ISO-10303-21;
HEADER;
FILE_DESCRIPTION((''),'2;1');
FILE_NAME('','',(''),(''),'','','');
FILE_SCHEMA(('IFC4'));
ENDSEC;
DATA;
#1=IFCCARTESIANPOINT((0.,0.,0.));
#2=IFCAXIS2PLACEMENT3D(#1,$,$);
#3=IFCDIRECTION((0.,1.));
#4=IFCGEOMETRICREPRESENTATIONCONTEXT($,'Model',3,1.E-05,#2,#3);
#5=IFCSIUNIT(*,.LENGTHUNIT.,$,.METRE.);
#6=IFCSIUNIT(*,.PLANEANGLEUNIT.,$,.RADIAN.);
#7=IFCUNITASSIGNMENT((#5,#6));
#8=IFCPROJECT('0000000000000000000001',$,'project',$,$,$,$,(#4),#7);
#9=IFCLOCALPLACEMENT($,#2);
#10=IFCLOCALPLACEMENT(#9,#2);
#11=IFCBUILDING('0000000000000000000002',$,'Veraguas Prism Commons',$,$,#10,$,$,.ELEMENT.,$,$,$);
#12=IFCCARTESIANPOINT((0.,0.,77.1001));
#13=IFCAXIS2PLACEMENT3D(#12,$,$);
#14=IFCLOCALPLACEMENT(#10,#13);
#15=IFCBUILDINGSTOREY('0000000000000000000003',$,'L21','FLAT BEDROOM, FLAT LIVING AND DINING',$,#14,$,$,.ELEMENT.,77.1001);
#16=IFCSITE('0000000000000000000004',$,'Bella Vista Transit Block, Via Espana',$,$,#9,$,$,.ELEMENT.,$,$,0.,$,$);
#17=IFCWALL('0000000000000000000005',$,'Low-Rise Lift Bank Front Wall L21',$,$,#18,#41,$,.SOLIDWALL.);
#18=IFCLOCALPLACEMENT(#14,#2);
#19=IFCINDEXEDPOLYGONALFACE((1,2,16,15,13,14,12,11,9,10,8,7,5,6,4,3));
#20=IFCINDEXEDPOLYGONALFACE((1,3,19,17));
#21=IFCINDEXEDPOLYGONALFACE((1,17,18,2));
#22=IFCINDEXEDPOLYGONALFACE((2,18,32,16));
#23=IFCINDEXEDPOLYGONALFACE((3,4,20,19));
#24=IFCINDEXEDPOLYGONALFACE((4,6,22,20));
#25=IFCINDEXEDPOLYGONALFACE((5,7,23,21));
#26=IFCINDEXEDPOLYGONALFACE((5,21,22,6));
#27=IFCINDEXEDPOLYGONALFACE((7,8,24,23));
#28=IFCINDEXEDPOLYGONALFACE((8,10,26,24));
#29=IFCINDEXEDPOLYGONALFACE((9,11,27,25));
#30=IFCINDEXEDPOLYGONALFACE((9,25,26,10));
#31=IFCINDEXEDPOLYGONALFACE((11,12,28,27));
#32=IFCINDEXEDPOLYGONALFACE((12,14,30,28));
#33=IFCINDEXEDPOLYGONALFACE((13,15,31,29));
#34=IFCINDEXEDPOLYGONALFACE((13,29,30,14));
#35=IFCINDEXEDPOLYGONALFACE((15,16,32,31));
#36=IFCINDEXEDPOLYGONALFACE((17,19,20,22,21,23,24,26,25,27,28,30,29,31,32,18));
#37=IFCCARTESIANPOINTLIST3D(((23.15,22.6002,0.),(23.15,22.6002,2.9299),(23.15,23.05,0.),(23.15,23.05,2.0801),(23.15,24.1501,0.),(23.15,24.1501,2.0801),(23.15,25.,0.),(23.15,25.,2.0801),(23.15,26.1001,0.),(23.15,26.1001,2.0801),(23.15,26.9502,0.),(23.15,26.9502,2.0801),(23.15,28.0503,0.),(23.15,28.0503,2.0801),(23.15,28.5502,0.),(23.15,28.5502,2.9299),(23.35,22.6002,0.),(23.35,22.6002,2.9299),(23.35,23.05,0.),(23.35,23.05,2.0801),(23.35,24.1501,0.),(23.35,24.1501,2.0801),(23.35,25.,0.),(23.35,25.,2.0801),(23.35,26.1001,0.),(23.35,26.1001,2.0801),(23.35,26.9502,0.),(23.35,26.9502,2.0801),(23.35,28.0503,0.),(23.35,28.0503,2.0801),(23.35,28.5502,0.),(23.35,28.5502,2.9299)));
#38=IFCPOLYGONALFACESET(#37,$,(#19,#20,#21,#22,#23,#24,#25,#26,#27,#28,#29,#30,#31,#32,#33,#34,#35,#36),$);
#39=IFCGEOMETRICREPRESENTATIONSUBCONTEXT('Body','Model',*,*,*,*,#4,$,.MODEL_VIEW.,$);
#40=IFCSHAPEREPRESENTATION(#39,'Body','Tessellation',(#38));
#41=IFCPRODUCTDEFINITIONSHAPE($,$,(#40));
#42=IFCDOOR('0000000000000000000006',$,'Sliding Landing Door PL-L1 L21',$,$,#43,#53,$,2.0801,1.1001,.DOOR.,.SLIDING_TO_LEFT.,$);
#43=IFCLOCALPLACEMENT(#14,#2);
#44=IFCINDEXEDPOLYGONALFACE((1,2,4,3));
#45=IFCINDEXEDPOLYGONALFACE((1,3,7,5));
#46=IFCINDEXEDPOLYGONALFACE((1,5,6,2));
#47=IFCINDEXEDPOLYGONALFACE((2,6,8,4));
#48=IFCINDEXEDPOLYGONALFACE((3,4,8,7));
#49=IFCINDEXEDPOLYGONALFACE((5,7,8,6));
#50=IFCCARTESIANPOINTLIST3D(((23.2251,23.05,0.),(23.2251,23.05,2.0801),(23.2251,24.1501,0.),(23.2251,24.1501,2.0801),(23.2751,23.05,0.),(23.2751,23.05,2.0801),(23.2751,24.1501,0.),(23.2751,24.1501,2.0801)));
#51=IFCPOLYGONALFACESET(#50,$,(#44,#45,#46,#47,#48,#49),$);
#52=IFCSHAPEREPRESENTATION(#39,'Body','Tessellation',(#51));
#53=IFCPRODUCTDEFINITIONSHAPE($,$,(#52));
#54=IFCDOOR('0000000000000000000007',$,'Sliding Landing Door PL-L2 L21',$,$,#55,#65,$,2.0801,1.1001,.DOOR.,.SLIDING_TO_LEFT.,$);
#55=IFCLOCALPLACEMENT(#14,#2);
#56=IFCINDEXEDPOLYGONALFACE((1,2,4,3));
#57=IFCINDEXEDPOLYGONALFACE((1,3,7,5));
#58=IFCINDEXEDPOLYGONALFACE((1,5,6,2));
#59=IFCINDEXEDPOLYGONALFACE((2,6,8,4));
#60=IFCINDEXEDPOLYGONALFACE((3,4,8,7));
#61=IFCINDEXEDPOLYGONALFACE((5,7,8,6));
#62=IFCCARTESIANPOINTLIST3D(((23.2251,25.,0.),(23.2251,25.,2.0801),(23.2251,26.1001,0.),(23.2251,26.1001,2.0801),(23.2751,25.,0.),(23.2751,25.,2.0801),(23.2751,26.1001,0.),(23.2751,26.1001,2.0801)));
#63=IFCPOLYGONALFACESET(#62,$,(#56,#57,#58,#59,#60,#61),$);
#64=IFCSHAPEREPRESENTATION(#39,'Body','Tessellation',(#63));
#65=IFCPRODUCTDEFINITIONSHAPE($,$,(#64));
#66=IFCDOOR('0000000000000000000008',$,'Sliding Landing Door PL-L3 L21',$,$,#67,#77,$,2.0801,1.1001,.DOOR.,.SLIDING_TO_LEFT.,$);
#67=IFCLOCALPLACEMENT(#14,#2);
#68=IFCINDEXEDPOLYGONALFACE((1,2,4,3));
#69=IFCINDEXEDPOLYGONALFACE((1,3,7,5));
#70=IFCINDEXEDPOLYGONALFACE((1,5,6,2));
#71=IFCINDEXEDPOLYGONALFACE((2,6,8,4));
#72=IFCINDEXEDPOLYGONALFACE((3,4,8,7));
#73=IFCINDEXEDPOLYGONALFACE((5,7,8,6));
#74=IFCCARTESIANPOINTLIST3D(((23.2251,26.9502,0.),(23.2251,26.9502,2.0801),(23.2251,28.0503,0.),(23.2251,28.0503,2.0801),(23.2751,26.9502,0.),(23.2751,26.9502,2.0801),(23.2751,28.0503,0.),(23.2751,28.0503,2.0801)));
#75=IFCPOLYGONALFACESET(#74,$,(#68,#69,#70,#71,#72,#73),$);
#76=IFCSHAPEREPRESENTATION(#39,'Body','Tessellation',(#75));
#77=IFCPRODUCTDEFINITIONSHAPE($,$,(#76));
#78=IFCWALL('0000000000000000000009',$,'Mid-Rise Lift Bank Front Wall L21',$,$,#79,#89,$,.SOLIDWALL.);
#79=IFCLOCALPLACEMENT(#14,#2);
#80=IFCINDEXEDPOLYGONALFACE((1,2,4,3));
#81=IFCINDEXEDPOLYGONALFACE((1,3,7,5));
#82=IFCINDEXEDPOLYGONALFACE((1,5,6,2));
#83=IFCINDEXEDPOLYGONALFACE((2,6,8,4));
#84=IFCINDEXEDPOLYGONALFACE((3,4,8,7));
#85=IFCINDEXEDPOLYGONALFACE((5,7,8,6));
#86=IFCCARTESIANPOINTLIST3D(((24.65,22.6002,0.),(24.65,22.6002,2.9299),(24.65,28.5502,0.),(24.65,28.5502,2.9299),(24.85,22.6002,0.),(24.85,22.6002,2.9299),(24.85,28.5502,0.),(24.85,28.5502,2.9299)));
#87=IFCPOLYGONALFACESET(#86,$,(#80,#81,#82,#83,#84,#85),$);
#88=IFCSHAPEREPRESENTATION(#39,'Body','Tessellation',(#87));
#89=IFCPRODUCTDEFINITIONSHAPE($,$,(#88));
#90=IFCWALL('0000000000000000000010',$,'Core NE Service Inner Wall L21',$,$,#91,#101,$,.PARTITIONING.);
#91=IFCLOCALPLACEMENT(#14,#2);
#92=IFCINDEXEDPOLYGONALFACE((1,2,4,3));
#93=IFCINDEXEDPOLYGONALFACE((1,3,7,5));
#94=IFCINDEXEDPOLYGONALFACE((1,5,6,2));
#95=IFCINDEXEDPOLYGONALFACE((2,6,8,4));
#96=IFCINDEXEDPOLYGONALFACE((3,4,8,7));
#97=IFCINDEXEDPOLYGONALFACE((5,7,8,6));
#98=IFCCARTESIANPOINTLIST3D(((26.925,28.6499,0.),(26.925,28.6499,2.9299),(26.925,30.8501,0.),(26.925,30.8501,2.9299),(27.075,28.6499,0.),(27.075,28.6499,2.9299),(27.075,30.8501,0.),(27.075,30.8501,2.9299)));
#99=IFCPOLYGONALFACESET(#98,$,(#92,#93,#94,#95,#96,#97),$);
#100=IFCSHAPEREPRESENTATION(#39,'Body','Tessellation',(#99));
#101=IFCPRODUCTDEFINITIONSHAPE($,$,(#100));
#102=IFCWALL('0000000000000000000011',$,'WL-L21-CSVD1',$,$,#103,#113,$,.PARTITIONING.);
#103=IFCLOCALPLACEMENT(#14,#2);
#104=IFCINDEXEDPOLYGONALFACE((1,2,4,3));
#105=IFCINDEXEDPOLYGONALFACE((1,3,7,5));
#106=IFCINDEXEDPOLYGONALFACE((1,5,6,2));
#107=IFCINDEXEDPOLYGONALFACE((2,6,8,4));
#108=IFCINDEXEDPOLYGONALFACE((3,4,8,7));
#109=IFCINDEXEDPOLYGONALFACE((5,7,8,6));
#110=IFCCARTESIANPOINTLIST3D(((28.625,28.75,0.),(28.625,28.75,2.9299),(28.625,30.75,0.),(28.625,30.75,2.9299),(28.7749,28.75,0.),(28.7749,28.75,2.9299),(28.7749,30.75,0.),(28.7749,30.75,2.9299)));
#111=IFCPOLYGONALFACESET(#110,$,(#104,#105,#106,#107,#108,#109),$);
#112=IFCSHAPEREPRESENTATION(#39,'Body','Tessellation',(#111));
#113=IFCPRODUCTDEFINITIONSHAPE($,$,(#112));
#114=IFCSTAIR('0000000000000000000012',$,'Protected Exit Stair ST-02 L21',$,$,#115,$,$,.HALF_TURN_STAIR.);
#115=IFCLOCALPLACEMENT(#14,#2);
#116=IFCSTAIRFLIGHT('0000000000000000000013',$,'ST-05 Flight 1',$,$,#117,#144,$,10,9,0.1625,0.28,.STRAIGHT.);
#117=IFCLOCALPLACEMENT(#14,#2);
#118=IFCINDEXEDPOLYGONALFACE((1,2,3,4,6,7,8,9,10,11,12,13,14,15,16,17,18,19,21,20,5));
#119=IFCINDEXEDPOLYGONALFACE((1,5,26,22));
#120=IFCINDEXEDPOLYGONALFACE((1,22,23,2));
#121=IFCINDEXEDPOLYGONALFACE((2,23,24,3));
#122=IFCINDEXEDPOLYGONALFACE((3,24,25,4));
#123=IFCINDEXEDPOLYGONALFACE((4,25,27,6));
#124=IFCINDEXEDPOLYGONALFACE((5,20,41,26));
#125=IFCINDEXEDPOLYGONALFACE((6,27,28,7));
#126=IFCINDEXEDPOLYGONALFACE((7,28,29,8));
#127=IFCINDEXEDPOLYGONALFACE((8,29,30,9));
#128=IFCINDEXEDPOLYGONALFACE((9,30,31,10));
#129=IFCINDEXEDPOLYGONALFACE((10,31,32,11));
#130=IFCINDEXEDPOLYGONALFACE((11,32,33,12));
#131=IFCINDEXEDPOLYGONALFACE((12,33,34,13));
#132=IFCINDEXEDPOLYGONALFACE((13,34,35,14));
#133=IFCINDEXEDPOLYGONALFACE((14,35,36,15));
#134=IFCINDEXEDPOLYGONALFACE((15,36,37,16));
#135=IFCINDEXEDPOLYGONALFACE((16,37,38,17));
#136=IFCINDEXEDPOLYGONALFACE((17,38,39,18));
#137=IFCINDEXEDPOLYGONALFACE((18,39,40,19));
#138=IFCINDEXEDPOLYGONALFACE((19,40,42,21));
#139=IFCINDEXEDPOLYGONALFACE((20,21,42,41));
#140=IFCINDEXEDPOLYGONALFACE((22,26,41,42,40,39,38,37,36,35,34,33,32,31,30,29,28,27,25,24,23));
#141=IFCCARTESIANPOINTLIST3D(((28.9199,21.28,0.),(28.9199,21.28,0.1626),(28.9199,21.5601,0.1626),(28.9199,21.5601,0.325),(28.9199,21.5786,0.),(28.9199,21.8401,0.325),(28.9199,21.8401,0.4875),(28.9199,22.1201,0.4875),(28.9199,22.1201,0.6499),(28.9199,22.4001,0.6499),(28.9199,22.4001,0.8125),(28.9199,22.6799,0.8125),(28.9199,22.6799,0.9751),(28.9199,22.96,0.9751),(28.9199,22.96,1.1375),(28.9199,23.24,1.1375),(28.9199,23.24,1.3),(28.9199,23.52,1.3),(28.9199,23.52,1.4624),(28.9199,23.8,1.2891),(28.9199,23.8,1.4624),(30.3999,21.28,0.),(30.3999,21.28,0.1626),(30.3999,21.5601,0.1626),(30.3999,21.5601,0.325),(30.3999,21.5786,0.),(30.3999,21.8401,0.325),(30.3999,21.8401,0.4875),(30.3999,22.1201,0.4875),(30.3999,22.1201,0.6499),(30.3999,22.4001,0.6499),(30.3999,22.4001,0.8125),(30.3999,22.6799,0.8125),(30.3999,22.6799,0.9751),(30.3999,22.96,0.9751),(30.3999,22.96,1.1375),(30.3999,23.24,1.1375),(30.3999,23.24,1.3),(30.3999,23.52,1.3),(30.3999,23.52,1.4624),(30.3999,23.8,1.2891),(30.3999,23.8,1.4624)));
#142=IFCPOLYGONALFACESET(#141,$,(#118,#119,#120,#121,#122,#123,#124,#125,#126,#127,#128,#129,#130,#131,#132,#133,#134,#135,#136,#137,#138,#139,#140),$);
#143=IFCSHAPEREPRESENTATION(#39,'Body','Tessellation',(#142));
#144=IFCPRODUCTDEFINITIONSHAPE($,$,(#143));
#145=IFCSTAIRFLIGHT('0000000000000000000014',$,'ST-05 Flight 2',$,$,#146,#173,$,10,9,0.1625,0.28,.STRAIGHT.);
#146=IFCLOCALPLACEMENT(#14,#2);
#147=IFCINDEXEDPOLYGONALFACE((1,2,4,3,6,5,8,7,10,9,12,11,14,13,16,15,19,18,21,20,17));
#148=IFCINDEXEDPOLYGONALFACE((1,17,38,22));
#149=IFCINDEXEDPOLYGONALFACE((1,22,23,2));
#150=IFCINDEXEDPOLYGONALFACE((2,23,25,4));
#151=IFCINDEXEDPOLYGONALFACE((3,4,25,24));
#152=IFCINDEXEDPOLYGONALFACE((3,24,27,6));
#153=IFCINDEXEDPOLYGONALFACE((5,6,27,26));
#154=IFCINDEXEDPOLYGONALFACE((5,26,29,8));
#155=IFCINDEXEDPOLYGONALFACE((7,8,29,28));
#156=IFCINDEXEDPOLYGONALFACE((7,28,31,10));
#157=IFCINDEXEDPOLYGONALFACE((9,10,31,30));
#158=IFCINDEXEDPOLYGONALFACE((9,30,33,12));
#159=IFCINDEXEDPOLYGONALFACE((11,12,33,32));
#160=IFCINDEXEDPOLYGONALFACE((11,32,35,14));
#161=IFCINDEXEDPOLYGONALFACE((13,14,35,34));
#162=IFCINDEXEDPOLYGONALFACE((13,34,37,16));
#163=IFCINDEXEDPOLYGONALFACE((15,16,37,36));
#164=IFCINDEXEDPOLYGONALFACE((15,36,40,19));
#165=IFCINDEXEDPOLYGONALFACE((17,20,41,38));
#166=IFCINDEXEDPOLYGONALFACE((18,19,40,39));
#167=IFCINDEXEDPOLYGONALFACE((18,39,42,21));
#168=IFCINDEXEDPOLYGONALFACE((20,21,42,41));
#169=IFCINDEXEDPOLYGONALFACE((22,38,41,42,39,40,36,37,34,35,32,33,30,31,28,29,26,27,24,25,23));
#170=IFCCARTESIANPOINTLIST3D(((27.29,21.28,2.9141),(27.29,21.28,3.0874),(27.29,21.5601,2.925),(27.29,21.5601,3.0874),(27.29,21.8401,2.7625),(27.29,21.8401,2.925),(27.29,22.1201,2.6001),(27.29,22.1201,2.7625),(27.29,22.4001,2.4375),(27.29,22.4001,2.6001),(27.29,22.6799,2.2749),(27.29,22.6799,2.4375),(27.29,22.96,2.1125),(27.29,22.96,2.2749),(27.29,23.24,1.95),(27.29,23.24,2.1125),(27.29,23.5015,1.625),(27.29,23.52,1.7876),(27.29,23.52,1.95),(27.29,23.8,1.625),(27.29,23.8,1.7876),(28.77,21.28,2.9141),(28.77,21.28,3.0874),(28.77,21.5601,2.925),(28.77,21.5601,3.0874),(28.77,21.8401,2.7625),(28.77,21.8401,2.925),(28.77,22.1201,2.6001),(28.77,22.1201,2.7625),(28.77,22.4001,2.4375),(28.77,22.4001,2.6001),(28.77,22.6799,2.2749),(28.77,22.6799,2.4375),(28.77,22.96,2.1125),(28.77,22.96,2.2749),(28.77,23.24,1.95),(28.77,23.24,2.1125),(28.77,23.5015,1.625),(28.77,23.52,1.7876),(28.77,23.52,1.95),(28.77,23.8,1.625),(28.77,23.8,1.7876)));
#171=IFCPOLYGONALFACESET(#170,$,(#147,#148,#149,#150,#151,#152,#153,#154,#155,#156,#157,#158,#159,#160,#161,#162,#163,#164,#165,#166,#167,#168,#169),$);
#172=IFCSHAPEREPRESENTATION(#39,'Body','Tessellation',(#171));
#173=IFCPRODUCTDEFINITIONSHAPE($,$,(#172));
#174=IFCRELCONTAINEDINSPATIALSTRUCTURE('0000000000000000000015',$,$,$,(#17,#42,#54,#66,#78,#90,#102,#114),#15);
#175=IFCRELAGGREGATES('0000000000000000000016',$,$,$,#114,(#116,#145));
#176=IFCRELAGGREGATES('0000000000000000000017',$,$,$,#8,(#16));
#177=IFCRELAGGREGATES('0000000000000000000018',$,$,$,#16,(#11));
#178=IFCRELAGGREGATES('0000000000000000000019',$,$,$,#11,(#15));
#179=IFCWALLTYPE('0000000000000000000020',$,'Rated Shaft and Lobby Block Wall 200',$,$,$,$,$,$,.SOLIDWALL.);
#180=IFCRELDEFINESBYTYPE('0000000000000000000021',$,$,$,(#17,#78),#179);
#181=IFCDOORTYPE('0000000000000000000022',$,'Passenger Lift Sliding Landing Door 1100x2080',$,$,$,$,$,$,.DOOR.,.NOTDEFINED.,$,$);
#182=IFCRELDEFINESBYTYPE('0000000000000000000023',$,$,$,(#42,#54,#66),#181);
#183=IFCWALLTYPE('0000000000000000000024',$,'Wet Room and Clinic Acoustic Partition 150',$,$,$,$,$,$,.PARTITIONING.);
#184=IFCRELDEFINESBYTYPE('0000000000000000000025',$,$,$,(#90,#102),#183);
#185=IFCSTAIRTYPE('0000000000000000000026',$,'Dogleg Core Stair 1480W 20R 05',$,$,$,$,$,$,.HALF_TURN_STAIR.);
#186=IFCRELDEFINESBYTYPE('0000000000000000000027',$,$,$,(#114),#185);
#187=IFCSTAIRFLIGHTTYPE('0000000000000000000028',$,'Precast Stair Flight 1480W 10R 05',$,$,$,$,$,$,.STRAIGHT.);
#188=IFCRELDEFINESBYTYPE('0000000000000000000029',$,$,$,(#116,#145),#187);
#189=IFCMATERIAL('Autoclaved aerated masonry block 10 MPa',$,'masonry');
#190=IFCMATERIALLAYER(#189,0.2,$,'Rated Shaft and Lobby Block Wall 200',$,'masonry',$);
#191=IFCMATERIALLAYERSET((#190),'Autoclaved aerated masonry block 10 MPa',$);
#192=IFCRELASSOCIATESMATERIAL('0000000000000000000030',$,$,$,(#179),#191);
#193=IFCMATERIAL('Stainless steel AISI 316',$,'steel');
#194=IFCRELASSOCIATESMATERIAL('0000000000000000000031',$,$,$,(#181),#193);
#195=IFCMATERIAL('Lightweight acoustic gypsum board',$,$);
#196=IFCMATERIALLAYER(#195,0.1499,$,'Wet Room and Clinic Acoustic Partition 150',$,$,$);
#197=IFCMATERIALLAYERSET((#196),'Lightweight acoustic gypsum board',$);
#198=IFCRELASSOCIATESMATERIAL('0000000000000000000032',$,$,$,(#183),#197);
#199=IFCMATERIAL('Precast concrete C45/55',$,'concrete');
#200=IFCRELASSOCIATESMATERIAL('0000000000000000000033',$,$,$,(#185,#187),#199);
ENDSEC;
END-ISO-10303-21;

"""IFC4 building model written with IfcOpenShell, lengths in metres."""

from ifc_helpers import new_model, si_unit, direction, frame, frame_2d, origin, place, context, subcontext, project, spatial, polyline, rectangle, outline, extrude, source, transform, mapped, material, layer, layer_set, type_object, element, fill, aggregate, save


model = new_model("IFC4")

# Units and contexts
model_context = context("Model", 3, precision=1e-05, world=origin(), true_north=direction((0.0, 1.0)))
body_context = subcontext(model_context, "Body", "Model", "MODEL_VIEW")
ifc_project = project(units=[si_unit("LENGTHUNIT", "METRE"), si_unit("PLANEANGLEUNIT", "RADIAN")], contexts=[model_context])

# Site, building, storey
site_placement = place(None, origin())
site = spatial("IfcSite", under=ifc_project, at=site_placement, Name="Bella Vista Transit Block, Via Espana", CompositionType="ELEMENT", RefElevation=0.0)
building_placement = place(site_placement, origin())
building = spatial("IfcBuilding", under=site, at=building_placement, Name="Veraguas Prism Commons", CompositionType="ELEMENT")
storey_placement = place(building_placement, frame((0.0, 0.0, 77.1001)))
storey = spatial("IfcBuildingStorey", under=building, at=storey_placement, Name="L21", Description="FLAT BEDROOM, FLAT LIVING AND DINING", CompositionType="ELEMENT", Elevation=77.1001)

# Shared definitions
ifc_material_1 = material(Name="Lightweight acoustic gypsum board")

# Shared definitions
ifc_material_2 = material(Name="Autoclaved aerated masonry block 10 MPa", Category="masonry")
ifc_layer_1 = layer(ifc_material_2, 0.2, Name="Rated Shaft and Lobby Block Wall 200", Category="masonry")
ifc_layer_set_1 = layer_set([ifc_layer_1], Name="Autoclaved aerated masonry block 10 MPa")
wall_type_1 = type_object("IfcWallType", Name="Rated Shaft and Lobby Block Wall 200", PredefinedType="SOLIDWALL", material=ifc_layer_set_1)

# Wall, openings, doors
wall_1_placement = place(storey_placement, frame((23.25, 22.6001, 0.0), z_axis=(0.0, 0.0, 1.0), x_axis=(0.0, 1.0, 0.0)))
wall_1 = element("IfcWall", 1, at=wall_1_placement, inside=storey, type_object=wall_type_1, Name="Low-Rise Lift Bank Front Wall L21", PredefinedType="SOLIDWALL", context=body_context, shape_type="SweptSolid", body=[
    extrude(rectangle(XDim=5.95, YDim=0.2, at=frame_2d((2.9751, 0.0))), origin(), (0.0, 0.0, 1.0), 2.9299),
])
opening_1_placement = place(wall_1_placement, frame((0.45, 0.0, 0.0)))
opening_1 = element("IfcOpeningElement", 2, at=opening_1_placement, cuts=wall_1, PredefinedType="OPENING", context=body_context, shape_type="SweptSolid", body=[
    extrude(rectangle(XDim=1.1001, YDim=2.0801, at=frame_2d((0.55, 1.04))), frame((0.0, 0.1099, 0.0), z_axis=(0.0, -1.0, 0.0), x_axis=(1.0, 0.0, 0.0)), (0.0, 0.0, 1.0), 0.22),
])
opening_2_placement = place(wall_1_placement, frame((2.3999, 0.0, 0.0)))
opening_2 = element("IfcOpeningElement", 3, at=opening_2_placement, cuts=wall_1, PredefinedType="OPENING", context=body_context, shape_type="SweptSolid", body=[
    extrude(rectangle(XDim=1.1001, YDim=2.0801, at=frame_2d((0.55, 1.04))), frame((0.0, 0.1099, 0.0), z_axis=(0.0, -1.0, 0.0), x_axis=(1.0, 0.0, 0.0)), (0.0, 0.0, 1.0), 0.22),
])
opening_3_placement = place(wall_1_placement, frame((4.3501, 0.0, 0.0)))
opening_3 = element("IfcOpeningElement", 4, at=opening_3_placement, cuts=wall_1, PredefinedType="OPENING", context=body_context, shape_type="SweptSolid", body=[
    extrude(rectangle(XDim=1.1001, YDim=2.0801, at=frame_2d((0.55, 1.04))), frame((0.0, 0.1099, 0.0), z_axis=(0.0, -1.0, 0.0), x_axis=(1.0, 0.0, 0.0)), (0.0, 0.0, 1.0), 0.22),
])
ifc_material_3 = material(Name="Stainless steel AISI 316", Category="steel")
door_type_1 = type_object("IfcDoorType", Name="Passenger Lift Sliding Landing Door 1100x2080", OperationType="NOTDEFINED", PredefinedType="DOOR", material=ifc_material_3)
shared_shape_1 = source(origin(), body_context, "Body", "SweptSolid", [
    extrude(rectangle(XDim=1.1001, YDim=2.0801, at=frame_2d((0.55, 1.04))), frame((0.0, 0.0249, 0.0), z_axis=(0.0, -1.0, 0.0), x_axis=(1.0, 0.0, 0.0)), (0.0, 0.0, 1.0), 0.05),
])
door_1_placement = place(opening_1_placement, origin())
door_1 = element("IfcDoor", 5, at=door_1_placement, inside=storey, type_object=door_type_1, Name="Sliding Landing Door PL-L1 L21", OperationType="SLIDING_TO_LEFT", OverallHeight=2.0801, OverallWidth=1.1001, PredefinedType="DOOR", context=body_context, shape_type="MappedRepresentation", body=[
    mapped(shared_shape_1, transform((0.0, 0.0, 0.0), scale=1.0)),
])
fill(opening_1, door_1)
door_2_placement = place(opening_2_placement, origin())
door_2 = element("IfcDoor", 6, at=door_2_placement, inside=storey, type_object=door_type_1, Name="Sliding Landing Door PL-L2 L21", OperationType="SLIDING_TO_LEFT", OverallHeight=2.0801, OverallWidth=1.1001, PredefinedType="DOOR", context=body_context, shape_type="MappedRepresentation", body=[
    mapped(shared_shape_1, transform((0.0, 0.0, 0.0), scale=1.0)),
])
fill(opening_2, door_2)
door_3_placement = place(opening_3_placement, origin())
door_3 = element("IfcDoor", 7, at=door_3_placement, inside=storey, type_object=door_type_1, Name="Sliding Landing Door PL-L3 L21", OperationType="SLIDING_TO_LEFT", OverallHeight=2.0801, OverallWidth=1.1001, PredefinedType="DOOR", context=body_context, shape_type="MappedRepresentation", body=[
    mapped(shared_shape_1, transform((0.0, 0.0, 0.0), scale=1.0)),
])
fill(opening_3, door_3)

# Walls
wall_2_placement = place(storey_placement, frame((24.75, 22.6001, 0.0), z_axis=(0.0, 0.0, 1.0), x_axis=(0.0, 1.0, 0.0)))
element("IfcWall", 8, at=wall_2_placement, inside=storey, type_object=wall_type_1, Name="Mid-Rise Lift Bank Front Wall L21", PredefinedType="SOLIDWALL", context=body_context, shape_type="SweptSolid", body=[
    extrude(rectangle(XDim=5.95, YDim=0.2, at=frame_2d((2.9751, 0.0))), origin(), (0.0, 0.0, 1.0), 2.9299),
])
ifc_layer_2 = layer(ifc_material_1, 0.1499, Name="Wet Room and Clinic Acoustic Partition 150")
ifc_layer_set_2 = layer_set([ifc_layer_2], Name="Lightweight acoustic gypsum board")
wall_type_2 = type_object("IfcWallType", Name="Wet Room and Clinic Acoustic Partition 150", PredefinedType="PARTITIONING", material=ifc_layer_set_2)
wall_3_placement = place(storey_placement, frame((27.0, 28.6499, 0.0), z_axis=(0.0, 0.0, 1.0), x_axis=(0.0, 1.0, 0.0)))
element("IfcWall", 9, at=wall_3_placement, inside=storey, type_object=wall_type_2, Name="Core NE Service Inner Wall L21", PredefinedType="PARTITIONING", context=body_context, shape_type="SweptSolid", body=[
    extrude(rectangle(XDim=2.2002, YDim=0.1499, at=frame_2d((1.1001, 0.0))), origin(), (0.0, 0.0, 1.0), 2.9299),
])
wall_4_placement = place(storey_placement, frame((28.7, 28.75, 0.0), z_axis=(0.0, 0.0, 1.0), x_axis=(0.0, 1.0, 0.0)))
element("IfcWall", 10, at=wall_4_placement, inside=storey, type_object=wall_type_2, Name="WL-L21-CSVD1", PredefinedType="PARTITIONING", context=body_context, shape_type="SweptSolid", body=[
    extrude(rectangle(XDim=2.0, YDim=0.1499, at=frame_2d((1.0, 0.0))), origin(), (0.0, 0.0, 1.0), 2.9299),
])

# Stair, stair flights
ifc_material_4 = material(Name="Precast concrete C45/55", Category="concrete")
stair_type = type_object("IfcStairType", Name="Dogleg Core Stair 1480W 20R 05", PredefinedType="HALF_TURN_STAIR", material=ifc_material_4)
stair_placement = place(storey_placement, origin())
stair = element("IfcStair", 11, at=stair_placement, inside=storey, type_object=stair_type, Name="Protected Exit Stair ST-02 L21", PredefinedType="HALF_TURN_STAIR")
stair_flight_type = type_object("IfcStairFlightType", Name="Precast Stair Flight 1480W 10R 05", PredefinedType="STRAIGHT", material=ifc_material_4)
stair_flight_1_placement = place(storey_placement, frame((29.6599, 21.28, 0.0), z_axis=(0.0, 0.0, 1.0), x_axis=(0.0, 1.0, 0.0)))
stair_flight_1 = element("IfcStairFlight", 12, at=stair_flight_1_placement, type_object=stair_flight_type, Name="ST-05 Flight 1", NumberOfRisers=10, NumberOfTreads=9, PredefinedType="STRAIGHT", RiserHeight=0.1625, TreadLength=0.28, context=body_context, shape_type="SweptSolid", body=[
    extrude(outline(polyline([(0.0, 0.0), (0.0, 0.1626), (0.28, 0.1626), (0.28, 0.325), (0.5601, 0.325), (0.5601, 0.4875), (0.8401, 0.4875), (0.8401, 0.6499), (1.1201, 0.6499), (1.1201, 0.8125), (1.3999, 0.8125), (1.3999, 0.9751), (1.6799, 0.9751), (1.6799, 1.1375), (1.96, 1.1375), (1.96, 1.3), (2.24, 1.3), (2.24, 1.4624), (2.52, 1.4624), (2.52, 1.625), (2.52, 1.2891), (0.2986, 0.0), (0.0, 0.0)])), frame((0.0, 0.74, 0.0), z_axis=(0.0, -1.0, 0.0), x_axis=(1.0, 0.0, 0.0)), (0.0, 0.0, 1.0), 1.48),
])
stair_flight_2_placement = place(storey_placement, frame((28.03, 23.8, 1.625), z_axis=(0.0, 0.0, 1.0), x_axis=(0.0, -1.0, 0.0)))
stair_flight_2 = element("IfcStairFlight", 13, at=stair_flight_2_placement, type_object=stair_flight_type, Name="ST-05 Flight 2", NumberOfRisers=10, NumberOfTreads=9, PredefinedType="STRAIGHT", RiserHeight=0.1625, TreadLength=0.28, context=body_context, shape_type="SweptSolid", body=[
    extrude(outline(polyline([(0.0, 0.0), (0.0, 0.1626), (0.28, 0.1626), (0.28, 0.325), (0.5601, 0.325), (0.5601, 0.4875), (0.8401, 0.4875), (0.8401, 0.6499), (1.1201, 0.6499), (1.1201, 0.8125), (1.3999, 0.8125), (1.3999, 0.9751), (1.6799, 0.9751), (1.6799, 1.1375), (1.96, 1.1375), (1.96, 1.3), (2.24, 1.3), (2.24, 1.4624), (2.52, 1.4624), (2.52, 1.625), (2.52, 1.2891), (0.2986, 0.0), (0.0, 0.0)])), frame((0.0, 0.74, 0.0), z_axis=(0.0, -1.0, 0.0), x_axis=(1.0, 0.0, 0.0)), (0.0, 0.0, 1.0), 1.48),
])
aggregate(stair, [stair_flight_1, stair_flight_2])

save(model, "model.ifc")
